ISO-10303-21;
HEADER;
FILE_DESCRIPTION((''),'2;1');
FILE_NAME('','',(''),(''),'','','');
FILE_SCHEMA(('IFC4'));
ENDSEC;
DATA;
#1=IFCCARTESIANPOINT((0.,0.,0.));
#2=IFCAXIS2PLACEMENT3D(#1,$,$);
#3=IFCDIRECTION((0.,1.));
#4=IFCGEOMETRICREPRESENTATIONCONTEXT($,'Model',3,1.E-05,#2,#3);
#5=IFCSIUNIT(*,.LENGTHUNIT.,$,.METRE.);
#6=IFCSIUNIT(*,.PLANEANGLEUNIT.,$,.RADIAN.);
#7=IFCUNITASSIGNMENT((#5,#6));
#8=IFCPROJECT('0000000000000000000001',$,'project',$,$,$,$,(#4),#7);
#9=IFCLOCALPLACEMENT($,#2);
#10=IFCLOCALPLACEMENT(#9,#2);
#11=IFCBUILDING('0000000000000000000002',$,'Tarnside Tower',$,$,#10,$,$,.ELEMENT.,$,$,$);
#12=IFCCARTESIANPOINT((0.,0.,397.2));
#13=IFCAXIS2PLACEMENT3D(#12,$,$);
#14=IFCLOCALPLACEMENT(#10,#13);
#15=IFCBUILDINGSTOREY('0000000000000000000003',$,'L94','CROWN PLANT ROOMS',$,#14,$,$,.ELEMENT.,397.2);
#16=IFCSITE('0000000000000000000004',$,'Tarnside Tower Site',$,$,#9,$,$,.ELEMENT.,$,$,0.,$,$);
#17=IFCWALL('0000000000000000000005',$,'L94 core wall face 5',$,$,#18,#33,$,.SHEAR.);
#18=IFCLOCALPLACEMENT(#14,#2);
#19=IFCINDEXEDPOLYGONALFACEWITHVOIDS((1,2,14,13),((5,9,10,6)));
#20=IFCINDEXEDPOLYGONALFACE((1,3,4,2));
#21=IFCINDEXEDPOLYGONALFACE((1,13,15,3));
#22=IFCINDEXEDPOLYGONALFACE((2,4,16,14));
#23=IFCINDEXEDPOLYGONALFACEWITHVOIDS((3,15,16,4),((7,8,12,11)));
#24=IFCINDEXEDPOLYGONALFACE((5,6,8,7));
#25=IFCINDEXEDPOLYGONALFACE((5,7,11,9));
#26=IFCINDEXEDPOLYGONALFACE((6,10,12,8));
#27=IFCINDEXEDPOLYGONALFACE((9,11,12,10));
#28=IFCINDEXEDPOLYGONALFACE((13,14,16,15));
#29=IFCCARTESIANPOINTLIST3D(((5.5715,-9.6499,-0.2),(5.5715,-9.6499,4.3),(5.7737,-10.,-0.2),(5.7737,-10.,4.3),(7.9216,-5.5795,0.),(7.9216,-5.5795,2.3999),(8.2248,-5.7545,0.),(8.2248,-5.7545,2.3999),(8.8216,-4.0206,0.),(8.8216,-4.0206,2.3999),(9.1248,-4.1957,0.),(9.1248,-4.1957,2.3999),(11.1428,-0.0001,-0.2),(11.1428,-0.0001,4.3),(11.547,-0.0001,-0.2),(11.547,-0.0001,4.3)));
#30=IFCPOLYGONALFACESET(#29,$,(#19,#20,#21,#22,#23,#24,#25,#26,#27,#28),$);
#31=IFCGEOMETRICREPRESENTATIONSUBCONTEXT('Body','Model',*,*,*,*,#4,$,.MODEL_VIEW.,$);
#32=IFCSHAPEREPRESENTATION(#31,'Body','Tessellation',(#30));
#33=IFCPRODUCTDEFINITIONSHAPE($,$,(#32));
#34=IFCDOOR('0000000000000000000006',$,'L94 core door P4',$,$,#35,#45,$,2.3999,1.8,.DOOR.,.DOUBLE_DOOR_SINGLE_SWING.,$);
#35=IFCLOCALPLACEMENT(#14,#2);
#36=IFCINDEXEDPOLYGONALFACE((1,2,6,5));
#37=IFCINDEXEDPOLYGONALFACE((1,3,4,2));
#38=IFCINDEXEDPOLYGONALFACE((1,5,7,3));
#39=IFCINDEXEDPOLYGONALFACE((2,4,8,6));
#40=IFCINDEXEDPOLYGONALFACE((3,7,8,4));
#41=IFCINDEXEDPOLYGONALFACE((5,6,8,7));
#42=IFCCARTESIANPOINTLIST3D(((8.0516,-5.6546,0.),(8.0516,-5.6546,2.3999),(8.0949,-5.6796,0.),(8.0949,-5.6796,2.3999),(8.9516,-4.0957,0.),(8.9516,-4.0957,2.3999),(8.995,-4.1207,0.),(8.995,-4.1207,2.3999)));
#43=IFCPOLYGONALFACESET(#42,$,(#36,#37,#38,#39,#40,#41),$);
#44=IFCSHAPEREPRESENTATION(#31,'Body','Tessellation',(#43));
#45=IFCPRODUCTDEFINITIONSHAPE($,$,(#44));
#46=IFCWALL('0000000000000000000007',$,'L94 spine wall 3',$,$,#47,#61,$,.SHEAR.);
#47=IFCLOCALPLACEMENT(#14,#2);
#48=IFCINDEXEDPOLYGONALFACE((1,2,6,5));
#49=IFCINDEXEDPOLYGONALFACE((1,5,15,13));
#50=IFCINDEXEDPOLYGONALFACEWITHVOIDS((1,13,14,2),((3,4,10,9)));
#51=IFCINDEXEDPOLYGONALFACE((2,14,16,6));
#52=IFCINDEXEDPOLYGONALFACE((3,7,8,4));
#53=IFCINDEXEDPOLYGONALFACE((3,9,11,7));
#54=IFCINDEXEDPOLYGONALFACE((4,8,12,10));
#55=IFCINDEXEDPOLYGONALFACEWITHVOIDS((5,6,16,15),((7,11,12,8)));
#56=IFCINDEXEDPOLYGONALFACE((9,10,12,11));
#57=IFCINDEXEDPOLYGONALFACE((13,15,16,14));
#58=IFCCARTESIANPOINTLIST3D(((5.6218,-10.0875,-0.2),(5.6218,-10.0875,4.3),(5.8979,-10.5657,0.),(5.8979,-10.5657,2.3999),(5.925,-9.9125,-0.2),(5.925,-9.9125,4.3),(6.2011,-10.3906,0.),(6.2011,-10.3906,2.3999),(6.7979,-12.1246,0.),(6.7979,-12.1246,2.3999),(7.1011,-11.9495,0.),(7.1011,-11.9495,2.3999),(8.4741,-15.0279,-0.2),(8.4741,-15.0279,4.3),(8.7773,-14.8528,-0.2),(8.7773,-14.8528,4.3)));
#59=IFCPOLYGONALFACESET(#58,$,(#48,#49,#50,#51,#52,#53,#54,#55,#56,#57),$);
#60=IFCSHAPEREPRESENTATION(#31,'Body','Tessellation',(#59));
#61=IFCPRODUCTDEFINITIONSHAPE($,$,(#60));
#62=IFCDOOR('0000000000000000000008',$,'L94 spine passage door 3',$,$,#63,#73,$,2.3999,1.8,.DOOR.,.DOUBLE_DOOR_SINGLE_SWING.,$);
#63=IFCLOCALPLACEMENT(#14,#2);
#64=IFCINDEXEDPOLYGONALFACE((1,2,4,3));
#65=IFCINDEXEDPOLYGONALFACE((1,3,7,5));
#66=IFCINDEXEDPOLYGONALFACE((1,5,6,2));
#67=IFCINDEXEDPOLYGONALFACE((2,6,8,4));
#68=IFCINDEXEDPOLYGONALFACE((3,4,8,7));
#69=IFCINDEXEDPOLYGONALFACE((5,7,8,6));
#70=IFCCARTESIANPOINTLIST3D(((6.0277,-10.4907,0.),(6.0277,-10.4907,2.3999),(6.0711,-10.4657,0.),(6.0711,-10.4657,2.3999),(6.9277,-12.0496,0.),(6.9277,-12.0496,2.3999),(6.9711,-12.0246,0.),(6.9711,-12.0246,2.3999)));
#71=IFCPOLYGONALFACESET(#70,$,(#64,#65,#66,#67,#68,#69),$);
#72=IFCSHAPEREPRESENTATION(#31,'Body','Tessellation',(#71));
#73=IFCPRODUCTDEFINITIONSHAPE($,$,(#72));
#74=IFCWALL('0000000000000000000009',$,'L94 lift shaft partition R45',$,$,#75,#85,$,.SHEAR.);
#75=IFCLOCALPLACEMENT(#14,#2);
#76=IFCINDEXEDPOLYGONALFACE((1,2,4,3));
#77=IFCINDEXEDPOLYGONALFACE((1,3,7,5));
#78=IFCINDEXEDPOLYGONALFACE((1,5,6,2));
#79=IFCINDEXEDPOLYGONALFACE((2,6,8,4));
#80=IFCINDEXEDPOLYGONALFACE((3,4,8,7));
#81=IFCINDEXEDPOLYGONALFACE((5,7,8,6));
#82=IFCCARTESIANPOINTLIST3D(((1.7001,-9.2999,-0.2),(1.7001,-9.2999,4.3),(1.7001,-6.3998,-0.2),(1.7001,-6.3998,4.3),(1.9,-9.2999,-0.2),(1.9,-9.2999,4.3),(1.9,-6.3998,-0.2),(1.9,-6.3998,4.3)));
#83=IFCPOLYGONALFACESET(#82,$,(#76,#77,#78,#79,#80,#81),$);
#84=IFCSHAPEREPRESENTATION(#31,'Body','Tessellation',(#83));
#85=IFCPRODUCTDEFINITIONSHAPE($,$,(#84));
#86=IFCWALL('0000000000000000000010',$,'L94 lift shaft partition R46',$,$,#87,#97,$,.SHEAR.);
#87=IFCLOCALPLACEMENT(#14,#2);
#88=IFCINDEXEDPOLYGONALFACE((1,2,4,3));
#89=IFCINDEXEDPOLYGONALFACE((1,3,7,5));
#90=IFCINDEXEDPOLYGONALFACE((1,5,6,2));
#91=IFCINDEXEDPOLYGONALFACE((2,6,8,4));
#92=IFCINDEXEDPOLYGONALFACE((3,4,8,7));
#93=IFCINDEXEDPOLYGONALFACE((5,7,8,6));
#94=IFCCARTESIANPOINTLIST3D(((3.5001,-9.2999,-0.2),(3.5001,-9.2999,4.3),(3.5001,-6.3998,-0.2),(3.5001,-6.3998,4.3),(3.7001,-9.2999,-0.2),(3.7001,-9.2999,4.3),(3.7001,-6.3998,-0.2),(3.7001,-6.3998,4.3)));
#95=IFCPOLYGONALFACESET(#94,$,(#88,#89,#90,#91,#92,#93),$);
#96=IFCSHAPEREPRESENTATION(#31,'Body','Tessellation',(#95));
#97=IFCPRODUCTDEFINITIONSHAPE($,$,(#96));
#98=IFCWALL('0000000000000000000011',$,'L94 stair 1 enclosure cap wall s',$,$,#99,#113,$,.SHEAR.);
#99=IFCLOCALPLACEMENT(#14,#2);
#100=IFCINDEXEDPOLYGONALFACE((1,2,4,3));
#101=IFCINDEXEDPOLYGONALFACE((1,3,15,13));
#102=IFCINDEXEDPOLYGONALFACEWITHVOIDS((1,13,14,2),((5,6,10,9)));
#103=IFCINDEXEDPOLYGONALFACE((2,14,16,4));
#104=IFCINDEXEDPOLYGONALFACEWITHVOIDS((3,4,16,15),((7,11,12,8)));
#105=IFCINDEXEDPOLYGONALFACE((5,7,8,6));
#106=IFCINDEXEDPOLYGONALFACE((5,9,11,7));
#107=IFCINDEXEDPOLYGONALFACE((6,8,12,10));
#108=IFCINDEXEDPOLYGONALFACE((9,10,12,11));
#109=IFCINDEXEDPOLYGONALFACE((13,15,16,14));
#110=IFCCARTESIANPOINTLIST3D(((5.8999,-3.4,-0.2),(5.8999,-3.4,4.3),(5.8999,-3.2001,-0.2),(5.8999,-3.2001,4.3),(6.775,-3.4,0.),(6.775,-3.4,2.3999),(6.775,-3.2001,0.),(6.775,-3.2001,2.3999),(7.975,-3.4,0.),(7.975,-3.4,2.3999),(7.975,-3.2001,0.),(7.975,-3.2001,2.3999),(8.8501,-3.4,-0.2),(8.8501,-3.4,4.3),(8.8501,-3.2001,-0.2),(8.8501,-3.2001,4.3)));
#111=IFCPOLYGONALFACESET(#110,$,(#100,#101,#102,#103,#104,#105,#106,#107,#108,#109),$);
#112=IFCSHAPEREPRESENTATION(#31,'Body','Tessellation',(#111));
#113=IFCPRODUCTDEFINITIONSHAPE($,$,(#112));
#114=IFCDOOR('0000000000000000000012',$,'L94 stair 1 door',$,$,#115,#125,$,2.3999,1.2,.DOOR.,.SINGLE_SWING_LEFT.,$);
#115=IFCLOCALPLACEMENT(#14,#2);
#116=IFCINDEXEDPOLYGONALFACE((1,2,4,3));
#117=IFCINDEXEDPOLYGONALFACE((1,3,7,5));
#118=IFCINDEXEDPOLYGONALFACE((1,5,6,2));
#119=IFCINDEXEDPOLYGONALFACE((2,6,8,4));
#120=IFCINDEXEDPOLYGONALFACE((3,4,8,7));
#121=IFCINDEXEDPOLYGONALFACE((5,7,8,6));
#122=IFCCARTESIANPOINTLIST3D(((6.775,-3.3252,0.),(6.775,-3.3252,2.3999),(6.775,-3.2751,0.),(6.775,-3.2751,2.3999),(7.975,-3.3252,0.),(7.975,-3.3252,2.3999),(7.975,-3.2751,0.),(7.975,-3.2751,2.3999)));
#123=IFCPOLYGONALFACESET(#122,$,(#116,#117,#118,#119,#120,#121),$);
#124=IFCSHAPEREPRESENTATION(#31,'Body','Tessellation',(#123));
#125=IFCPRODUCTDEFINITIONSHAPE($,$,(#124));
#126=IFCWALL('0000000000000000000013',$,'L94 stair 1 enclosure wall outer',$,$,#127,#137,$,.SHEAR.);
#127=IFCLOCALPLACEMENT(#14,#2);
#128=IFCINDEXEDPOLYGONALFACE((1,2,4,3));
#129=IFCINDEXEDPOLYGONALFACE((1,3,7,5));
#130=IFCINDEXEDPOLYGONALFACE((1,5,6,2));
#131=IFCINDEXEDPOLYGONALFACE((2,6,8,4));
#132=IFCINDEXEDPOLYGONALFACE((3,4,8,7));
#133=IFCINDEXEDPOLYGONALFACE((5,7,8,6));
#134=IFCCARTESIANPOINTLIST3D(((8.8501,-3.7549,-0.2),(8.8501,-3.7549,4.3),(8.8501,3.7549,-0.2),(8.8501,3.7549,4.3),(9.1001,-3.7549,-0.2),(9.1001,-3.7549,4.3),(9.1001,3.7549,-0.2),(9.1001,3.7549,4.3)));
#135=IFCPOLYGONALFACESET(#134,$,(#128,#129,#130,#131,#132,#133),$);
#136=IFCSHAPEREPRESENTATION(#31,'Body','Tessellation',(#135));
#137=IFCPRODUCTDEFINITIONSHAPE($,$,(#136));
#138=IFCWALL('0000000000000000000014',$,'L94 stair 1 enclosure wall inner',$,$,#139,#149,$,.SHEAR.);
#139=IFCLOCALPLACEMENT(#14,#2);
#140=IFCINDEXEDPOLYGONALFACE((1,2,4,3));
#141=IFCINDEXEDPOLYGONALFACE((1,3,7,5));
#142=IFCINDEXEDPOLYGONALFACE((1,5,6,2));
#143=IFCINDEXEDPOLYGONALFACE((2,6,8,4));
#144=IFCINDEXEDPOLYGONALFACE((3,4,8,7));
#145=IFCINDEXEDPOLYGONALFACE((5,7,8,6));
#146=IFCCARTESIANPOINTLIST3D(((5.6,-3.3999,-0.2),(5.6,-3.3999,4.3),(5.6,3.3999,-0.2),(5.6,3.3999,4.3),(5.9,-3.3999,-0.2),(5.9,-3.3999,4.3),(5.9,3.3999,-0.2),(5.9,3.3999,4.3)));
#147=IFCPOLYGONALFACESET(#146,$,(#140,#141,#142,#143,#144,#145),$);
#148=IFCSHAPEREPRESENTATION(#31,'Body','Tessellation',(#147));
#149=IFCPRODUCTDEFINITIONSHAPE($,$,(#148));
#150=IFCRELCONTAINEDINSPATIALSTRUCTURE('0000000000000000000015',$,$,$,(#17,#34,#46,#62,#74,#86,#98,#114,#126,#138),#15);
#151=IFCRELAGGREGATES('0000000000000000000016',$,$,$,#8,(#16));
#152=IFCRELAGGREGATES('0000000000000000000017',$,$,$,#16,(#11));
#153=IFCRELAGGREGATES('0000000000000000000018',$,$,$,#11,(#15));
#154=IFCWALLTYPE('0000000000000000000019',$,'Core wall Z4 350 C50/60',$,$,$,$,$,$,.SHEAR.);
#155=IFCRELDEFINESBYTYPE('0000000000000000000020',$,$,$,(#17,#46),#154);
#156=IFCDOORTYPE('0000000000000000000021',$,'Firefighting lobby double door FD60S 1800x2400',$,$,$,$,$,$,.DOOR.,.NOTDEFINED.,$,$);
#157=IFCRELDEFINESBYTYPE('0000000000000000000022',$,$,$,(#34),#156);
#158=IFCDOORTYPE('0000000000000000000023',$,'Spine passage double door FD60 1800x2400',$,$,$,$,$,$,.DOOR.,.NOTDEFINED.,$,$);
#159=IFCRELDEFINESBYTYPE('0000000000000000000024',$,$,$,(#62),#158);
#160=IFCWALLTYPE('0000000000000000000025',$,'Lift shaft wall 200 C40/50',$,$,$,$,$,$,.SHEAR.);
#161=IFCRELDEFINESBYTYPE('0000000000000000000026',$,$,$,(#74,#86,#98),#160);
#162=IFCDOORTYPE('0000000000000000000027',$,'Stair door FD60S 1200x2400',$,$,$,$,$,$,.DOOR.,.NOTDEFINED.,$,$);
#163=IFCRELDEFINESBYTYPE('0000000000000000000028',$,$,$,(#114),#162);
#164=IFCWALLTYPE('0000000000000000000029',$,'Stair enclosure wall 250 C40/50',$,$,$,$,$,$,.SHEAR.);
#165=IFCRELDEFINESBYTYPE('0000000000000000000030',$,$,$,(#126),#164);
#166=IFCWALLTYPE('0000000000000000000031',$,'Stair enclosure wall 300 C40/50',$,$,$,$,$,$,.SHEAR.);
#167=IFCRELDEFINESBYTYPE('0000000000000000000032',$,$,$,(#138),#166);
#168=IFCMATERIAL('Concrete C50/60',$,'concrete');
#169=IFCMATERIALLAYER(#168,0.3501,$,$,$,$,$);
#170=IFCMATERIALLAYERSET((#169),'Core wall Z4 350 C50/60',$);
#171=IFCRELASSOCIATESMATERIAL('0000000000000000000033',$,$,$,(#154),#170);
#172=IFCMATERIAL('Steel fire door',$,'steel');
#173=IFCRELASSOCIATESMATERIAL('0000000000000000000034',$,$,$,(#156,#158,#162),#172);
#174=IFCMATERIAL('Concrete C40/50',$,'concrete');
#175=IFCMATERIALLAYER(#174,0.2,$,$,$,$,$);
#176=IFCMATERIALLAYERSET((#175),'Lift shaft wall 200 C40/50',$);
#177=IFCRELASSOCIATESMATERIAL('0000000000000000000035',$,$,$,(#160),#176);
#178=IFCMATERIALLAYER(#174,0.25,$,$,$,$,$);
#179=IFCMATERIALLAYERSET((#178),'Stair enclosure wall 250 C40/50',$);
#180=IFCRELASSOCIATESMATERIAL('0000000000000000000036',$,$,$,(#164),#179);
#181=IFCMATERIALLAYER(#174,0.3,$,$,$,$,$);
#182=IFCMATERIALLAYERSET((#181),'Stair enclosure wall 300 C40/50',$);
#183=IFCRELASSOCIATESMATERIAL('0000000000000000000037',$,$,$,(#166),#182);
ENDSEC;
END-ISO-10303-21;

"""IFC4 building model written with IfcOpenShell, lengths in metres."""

from ifc_helpers import new_model, si_unit, direction, frame, frame_2d, origin, place, context, subcontext, project, spatial, polyline, rectangle, outline, extrude, material, layer, layer_set, type_object, element, fill, save


model = new_model("IFC4")

# Units and contexts
model_context = context("Model", 3, precision=1e-05, world=origin(), true_north=direction((0.0, 1.0)))
body_context = subcontext(model_context, "Body", "Model", "MODEL_VIEW")
ifc_project = project(units=[si_unit("LENGTHUNIT", "METRE"), si_unit("PLANEANGLEUNIT", "RADIAN")], contexts=[model_context])

# Site, building, storey
site_placement = place(None, origin())
site = spatial("IfcSite", under=ifc_project, at=site_placement, Name="Tarnside Tower Site", CompositionType="ELEMENT", RefElevation=0.0)
building_placement = place(site_placement, origin())
building = spatial("IfcBuilding", under=site, at=building_placement, Name="Tarnside Tower", CompositionType="ELEMENT")
storey_placement = place(building_placement, frame((0.0, 0.0, 397.2)))
storey = spatial("IfcBuildingStorey", under=building, at=storey_placement, Name="L94", Description="CROWN PLANT ROOMS", CompositionType="ELEMENT", Elevation=397.2)

# Shared definitions
ifc_material_1 = material(Name="Concrete C40/50", Category="concrete")

# Walls, openings, doors
ifc_material_2 = material(Name="Steel fire door", Category="steel")
ifc_material_3 = material(Name="Concrete C50/60", Category="concrete")
ifc_layer_1 = layer(ifc_material_3, 0.3501)
ifc_layer_set_1 = layer_set([ifc_layer_1], Name="Core wall Z4 350 C50/60")
wall_type_1 = type_object("IfcWallType", Name="Core wall Z4 350 C50/60", PredefinedType="SHEAR", material=ifc_layer_set_1)
wall_1_placement = place(storey_placement, frame((5.6726, -9.825, -0.2), z_axis=(0.0, 0.0, 1.0), x_axis=(0.499995, 0.866028, 0.0)))
wall_1 = element("IfcWall", 1, at=wall_1_placement, inside=storey, type_object=wall_type_1, Name="L94 core wall face 5", PredefinedType="SHEAR", context=body_context, shape_type="SweptSolid", body=[
    extrude(outline(polyline([(-0.1011, -0.175), (11.4458, -0.175), (11.2437, 0.175), (0.1011, 0.175), (-0.1011, -0.175)])), origin(), (0.0, 0.0, 1.0), 4.5),
])
opening_1_placement = place(wall_1_placement, frame((4.8013, 0.0, 0.2)))
opening_1 = element("IfcOpeningElement", 2, at=opening_1_placement, cuts=wall_1, PredefinedType="OPENING", context=body_context, shape_type="SweptSolid", body=[
    extrude(rectangle(XDim=1.8, YDim=2.3999, at=frame_2d((0.8999, 1.2))), frame((0.0, 0.1851, 0.0), z_axis=(0.0, -1.0, 0.0), x_axis=(1.0, 0.0, 0.0)), (0.0, 0.0, 1.0), 0.3701),
])
door_type_1 = type_object("IfcDoorType", Name="Firefighting lobby double door FD60S 1800x2400", OperationType="NOTDEFINED", PredefinedType="DOOR", material=ifc_material_2)
door_1_placement = place(opening_1_placement, origin())
door_1 = element("IfcDoor", 3, at=door_1_placement, inside=storey, type_object=door_type_1, Name="L94 core door P4", OperationType="DOUBLE_DOOR_SINGLE_SWING", OverallHeight=2.3999, OverallWidth=1.8, PredefinedType="DOOR", context=body_context, shape_type="SweptSolid", body=[
    extrude(rectangle(XDim=1.8, YDim=2.3999, at=frame_2d((0.8999, 1.2))), frame((0.0, 0.0249, 0.0), z_axis=(0.0, -1.0, 0.0), x_axis=(1.0, 0.0, 0.0)), (0.0, 0.0, 1.0), 0.05),
])
fill(opening_1, door_1)
wall_2_placement = place(storey_placement, frame((5.7734, -10.0, -0.2), z_axis=(0.0, 0.0, 1.0), x_axis=(0.499992, -0.86603, 0.0)))
wall_2 = element("IfcWall", 4, at=wall_2_placement, inside=storey, type_object=wall_type_1, Name="L94 spine wall 3", PredefinedType="SHEAR", context=body_context, shape_type="SweptSolid", body=[
    extrude(rectangle(XDim=5.7046, YDim=0.3501, at=frame_2d((2.8523, 0.0))), origin(), (0.0, 0.0, 1.0), 4.5),
])
opening_2_placement = place(wall_2_placement, frame((0.5522, 0.0, 0.2)))
opening_2 = element("IfcOpeningElement", 5, at=opening_2_placement, cuts=wall_2, PredefinedType="OPENING", context=body_context, shape_type="SweptSolid", body=[
    extrude(rectangle(XDim=1.8, YDim=2.3999, at=frame_2d((0.8999, 1.2))), frame((0.0, 0.1851, 0.0), z_axis=(0.0, -1.0, 0.0), x_axis=(1.0, 0.0, 0.0)), (0.0, 0.0, 1.0), 0.3701),
])
door_type_2 = type_object("IfcDoorType", Name="Spine passage double door FD60 1800x2400", OperationType="NOTDEFINED", PredefinedType="DOOR", material=ifc_material_2)
door_2_placement = place(opening_2_placement, origin())
door_2 = element("IfcDoor", 6, at=door_2_placement, inside=storey, type_object=door_type_2, Name="L94 spine passage door 3", OperationType="DOUBLE_DOOR_SINGLE_SWING", OverallHeight=2.3999, OverallWidth=1.8, PredefinedType="DOOR", context=body_context, shape_type="SweptSolid", body=[
    extrude(rectangle(XDim=1.8, YDim=2.3999, at=frame_2d((0.8999, 1.2))), frame((0.0, 0.0249, 0.0), z_axis=(0.0, -1.0, 0.0), x_axis=(1.0, 0.0, 0.0)), (0.0, 0.0, 1.0), 0.05),
])
fill(opening_2, door_2)

# Walls
ifc_layer_2 = layer(ifc_material_1, 0.2)
ifc_layer_set_2 = layer_set([ifc_layer_2], Name="Lift shaft wall 200 C40/50")
wall_type_2 = type_object("IfcWallType", Name="Lift shaft wall 200 C40/50", PredefinedType="SHEAR", material=ifc_layer_set_2)
for number, where, z_axis, x_axis, name in (
    (7, (1.8, -9.3, -0.2), (0.0, 0.0, 1.0), (0.0, 1.0, 0.0), "L94 lift shaft partition R45"),
    (8, (3.6001, -9.3, -0.2), (0.0, 0.0, 1.0), (0.0, 1.0, 0.0), "L94 lift shaft partition R46"),
):
    element("IfcWall", number, at=place(storey_placement, frame(where, z_axis=z_axis, x_axis=x_axis)), inside=storey, type_object=wall_type_2, Name=name, PredefinedType="SHEAR", context=body_context, shape_type="SweptSolid", body=[
        extrude(rectangle(XDim=2.9001, YDim=0.2, at=frame_2d((1.4502, 0.0))), origin(), (0.0, 0.0, 1.0), 4.5),
    ])

# Wall, opening, door
wall_3_placement = place(storey_placement, frame((5.8999, -3.3, -0.2), z_axis=(0.0, 0.0, 1.0), x_axis=(1.0, 0.0, 0.0)))
wall_3 = element("IfcWall", 9, at=wall_3_placement, inside=storey, type_object=wall_type_2, Name="L94 stair 1 enclosure cap wall s", PredefinedType="SHEAR", context=body_context, shape_type="SweptSolid", body=[
    extrude(rectangle(XDim=2.9502, YDim=0.2, at=frame_2d((1.4751, 0.0))), origin(), (0.0, 0.0, 1.0), 4.5),
])
opening_3_placement = place(wall_3_placement, frame((0.875, 0.0, 0.2)))
opening_3 = element("IfcOpeningElement", 10, at=opening_3_placement, cuts=wall_3, PredefinedType="OPENING", context=body_context, shape_type="SweptSolid", body=[
    extrude(rectangle(XDim=1.2, YDim=2.3999, at=frame_2d((0.6001, 1.2))), frame((0.0, 0.1099, 0.0), z_axis=(0.0, -1.0, 0.0), x_axis=(1.0, 0.0, 0.0)), (0.0, 0.0, 1.0), 0.22),
])
door_type_3 = type_object("IfcDoorType", Name="Stair door FD60S 1200x2400", OperationType="NOTDEFINED", PredefinedType="DOOR", material=ifc_material_2)
door_3_placement = place(opening_3_placement, origin())
door_3 = element("IfcDoor", 11, at=door_3_placement, inside=storey, type_object=door_type_3, Name="L94 stair 1 door", OperationType="SINGLE_SWING_LEFT", OverallHeight=2.3999, OverallWidth=1.2, PredefinedType="DOOR", context=body_context, shape_type="SweptSolid", body=[
    extrude(rectangle(XDim=1.2, YDim=2.3999, at=frame_2d((0.6001, 1.2))), frame((0.0, 0.0249, 0.0), z_axis=(0.0, -1.0, 0.0), x_axis=(1.0, 0.0, 0.0)), (0.0, 0.0, 1.0), 0.05),
])
fill(opening_3, door_3)

# Walls
ifc_layer_3 = layer(ifc_material_1, 0.25)
ifc_layer_set_3 = layer_set([ifc_layer_3], Name="Stair enclosure wall 250 C40/50")
wall_type_3 = type_object("IfcWallType", Name="Stair enclosure wall 250 C40/50", PredefinedType="SHEAR", material=ifc_layer_set_3)
wall_4_placement = place(storey_placement, frame((8.9751, -3.7549, -0.2), z_axis=(0.0, 0.0, 1.0), x_axis=(0.0, 1.0, 0.0)))
element("IfcWall", 12, at=wall_4_placement, inside=storey, type_object=wall_type_3, Name="L94 stair 1 enclosure wall outer", PredefinedType="SHEAR", context=body_context, shape_type="SweptSolid", body=[
    extrude(rectangle(XDim=7.5098, YDim=0.25, at=frame_2d((3.7549, 0.0))), origin(), (0.0, 0.0, 1.0), 4.5),
])
ifc_layer_4 = layer(ifc_material_1, 0.3)
ifc_layer_set_4 = layer_set([ifc_layer_4], Name="Stair enclosure wall 300 C40/50")
wall_type_4 = type_object("IfcWallType", Name="Stair enclosure wall 300 C40/50", PredefinedType="SHEAR", material=ifc_layer_set_4)
wall_5_placement = place(storey_placement, frame((5.75, -3.3999, -0.2), z_axis=(0.0, 0.0, 1.0), x_axis=(0.0, 1.0, 0.0)))
element("IfcWall", 13, at=wall_5_placement, inside=storey, type_object=wall_type_4, Name="L94 stair 1 enclosure wall inner", PredefinedType="SHEAR", context=body_context, shape_type="SweptSolid", body=[
    extrude(rectangle(XDim=6.7998, YDim=0.3, at=frame_2d((3.3999, 0.0))), origin(), (0.0, 0.0, 1.0), 4.5),
])

save(model, "model.ifc")
